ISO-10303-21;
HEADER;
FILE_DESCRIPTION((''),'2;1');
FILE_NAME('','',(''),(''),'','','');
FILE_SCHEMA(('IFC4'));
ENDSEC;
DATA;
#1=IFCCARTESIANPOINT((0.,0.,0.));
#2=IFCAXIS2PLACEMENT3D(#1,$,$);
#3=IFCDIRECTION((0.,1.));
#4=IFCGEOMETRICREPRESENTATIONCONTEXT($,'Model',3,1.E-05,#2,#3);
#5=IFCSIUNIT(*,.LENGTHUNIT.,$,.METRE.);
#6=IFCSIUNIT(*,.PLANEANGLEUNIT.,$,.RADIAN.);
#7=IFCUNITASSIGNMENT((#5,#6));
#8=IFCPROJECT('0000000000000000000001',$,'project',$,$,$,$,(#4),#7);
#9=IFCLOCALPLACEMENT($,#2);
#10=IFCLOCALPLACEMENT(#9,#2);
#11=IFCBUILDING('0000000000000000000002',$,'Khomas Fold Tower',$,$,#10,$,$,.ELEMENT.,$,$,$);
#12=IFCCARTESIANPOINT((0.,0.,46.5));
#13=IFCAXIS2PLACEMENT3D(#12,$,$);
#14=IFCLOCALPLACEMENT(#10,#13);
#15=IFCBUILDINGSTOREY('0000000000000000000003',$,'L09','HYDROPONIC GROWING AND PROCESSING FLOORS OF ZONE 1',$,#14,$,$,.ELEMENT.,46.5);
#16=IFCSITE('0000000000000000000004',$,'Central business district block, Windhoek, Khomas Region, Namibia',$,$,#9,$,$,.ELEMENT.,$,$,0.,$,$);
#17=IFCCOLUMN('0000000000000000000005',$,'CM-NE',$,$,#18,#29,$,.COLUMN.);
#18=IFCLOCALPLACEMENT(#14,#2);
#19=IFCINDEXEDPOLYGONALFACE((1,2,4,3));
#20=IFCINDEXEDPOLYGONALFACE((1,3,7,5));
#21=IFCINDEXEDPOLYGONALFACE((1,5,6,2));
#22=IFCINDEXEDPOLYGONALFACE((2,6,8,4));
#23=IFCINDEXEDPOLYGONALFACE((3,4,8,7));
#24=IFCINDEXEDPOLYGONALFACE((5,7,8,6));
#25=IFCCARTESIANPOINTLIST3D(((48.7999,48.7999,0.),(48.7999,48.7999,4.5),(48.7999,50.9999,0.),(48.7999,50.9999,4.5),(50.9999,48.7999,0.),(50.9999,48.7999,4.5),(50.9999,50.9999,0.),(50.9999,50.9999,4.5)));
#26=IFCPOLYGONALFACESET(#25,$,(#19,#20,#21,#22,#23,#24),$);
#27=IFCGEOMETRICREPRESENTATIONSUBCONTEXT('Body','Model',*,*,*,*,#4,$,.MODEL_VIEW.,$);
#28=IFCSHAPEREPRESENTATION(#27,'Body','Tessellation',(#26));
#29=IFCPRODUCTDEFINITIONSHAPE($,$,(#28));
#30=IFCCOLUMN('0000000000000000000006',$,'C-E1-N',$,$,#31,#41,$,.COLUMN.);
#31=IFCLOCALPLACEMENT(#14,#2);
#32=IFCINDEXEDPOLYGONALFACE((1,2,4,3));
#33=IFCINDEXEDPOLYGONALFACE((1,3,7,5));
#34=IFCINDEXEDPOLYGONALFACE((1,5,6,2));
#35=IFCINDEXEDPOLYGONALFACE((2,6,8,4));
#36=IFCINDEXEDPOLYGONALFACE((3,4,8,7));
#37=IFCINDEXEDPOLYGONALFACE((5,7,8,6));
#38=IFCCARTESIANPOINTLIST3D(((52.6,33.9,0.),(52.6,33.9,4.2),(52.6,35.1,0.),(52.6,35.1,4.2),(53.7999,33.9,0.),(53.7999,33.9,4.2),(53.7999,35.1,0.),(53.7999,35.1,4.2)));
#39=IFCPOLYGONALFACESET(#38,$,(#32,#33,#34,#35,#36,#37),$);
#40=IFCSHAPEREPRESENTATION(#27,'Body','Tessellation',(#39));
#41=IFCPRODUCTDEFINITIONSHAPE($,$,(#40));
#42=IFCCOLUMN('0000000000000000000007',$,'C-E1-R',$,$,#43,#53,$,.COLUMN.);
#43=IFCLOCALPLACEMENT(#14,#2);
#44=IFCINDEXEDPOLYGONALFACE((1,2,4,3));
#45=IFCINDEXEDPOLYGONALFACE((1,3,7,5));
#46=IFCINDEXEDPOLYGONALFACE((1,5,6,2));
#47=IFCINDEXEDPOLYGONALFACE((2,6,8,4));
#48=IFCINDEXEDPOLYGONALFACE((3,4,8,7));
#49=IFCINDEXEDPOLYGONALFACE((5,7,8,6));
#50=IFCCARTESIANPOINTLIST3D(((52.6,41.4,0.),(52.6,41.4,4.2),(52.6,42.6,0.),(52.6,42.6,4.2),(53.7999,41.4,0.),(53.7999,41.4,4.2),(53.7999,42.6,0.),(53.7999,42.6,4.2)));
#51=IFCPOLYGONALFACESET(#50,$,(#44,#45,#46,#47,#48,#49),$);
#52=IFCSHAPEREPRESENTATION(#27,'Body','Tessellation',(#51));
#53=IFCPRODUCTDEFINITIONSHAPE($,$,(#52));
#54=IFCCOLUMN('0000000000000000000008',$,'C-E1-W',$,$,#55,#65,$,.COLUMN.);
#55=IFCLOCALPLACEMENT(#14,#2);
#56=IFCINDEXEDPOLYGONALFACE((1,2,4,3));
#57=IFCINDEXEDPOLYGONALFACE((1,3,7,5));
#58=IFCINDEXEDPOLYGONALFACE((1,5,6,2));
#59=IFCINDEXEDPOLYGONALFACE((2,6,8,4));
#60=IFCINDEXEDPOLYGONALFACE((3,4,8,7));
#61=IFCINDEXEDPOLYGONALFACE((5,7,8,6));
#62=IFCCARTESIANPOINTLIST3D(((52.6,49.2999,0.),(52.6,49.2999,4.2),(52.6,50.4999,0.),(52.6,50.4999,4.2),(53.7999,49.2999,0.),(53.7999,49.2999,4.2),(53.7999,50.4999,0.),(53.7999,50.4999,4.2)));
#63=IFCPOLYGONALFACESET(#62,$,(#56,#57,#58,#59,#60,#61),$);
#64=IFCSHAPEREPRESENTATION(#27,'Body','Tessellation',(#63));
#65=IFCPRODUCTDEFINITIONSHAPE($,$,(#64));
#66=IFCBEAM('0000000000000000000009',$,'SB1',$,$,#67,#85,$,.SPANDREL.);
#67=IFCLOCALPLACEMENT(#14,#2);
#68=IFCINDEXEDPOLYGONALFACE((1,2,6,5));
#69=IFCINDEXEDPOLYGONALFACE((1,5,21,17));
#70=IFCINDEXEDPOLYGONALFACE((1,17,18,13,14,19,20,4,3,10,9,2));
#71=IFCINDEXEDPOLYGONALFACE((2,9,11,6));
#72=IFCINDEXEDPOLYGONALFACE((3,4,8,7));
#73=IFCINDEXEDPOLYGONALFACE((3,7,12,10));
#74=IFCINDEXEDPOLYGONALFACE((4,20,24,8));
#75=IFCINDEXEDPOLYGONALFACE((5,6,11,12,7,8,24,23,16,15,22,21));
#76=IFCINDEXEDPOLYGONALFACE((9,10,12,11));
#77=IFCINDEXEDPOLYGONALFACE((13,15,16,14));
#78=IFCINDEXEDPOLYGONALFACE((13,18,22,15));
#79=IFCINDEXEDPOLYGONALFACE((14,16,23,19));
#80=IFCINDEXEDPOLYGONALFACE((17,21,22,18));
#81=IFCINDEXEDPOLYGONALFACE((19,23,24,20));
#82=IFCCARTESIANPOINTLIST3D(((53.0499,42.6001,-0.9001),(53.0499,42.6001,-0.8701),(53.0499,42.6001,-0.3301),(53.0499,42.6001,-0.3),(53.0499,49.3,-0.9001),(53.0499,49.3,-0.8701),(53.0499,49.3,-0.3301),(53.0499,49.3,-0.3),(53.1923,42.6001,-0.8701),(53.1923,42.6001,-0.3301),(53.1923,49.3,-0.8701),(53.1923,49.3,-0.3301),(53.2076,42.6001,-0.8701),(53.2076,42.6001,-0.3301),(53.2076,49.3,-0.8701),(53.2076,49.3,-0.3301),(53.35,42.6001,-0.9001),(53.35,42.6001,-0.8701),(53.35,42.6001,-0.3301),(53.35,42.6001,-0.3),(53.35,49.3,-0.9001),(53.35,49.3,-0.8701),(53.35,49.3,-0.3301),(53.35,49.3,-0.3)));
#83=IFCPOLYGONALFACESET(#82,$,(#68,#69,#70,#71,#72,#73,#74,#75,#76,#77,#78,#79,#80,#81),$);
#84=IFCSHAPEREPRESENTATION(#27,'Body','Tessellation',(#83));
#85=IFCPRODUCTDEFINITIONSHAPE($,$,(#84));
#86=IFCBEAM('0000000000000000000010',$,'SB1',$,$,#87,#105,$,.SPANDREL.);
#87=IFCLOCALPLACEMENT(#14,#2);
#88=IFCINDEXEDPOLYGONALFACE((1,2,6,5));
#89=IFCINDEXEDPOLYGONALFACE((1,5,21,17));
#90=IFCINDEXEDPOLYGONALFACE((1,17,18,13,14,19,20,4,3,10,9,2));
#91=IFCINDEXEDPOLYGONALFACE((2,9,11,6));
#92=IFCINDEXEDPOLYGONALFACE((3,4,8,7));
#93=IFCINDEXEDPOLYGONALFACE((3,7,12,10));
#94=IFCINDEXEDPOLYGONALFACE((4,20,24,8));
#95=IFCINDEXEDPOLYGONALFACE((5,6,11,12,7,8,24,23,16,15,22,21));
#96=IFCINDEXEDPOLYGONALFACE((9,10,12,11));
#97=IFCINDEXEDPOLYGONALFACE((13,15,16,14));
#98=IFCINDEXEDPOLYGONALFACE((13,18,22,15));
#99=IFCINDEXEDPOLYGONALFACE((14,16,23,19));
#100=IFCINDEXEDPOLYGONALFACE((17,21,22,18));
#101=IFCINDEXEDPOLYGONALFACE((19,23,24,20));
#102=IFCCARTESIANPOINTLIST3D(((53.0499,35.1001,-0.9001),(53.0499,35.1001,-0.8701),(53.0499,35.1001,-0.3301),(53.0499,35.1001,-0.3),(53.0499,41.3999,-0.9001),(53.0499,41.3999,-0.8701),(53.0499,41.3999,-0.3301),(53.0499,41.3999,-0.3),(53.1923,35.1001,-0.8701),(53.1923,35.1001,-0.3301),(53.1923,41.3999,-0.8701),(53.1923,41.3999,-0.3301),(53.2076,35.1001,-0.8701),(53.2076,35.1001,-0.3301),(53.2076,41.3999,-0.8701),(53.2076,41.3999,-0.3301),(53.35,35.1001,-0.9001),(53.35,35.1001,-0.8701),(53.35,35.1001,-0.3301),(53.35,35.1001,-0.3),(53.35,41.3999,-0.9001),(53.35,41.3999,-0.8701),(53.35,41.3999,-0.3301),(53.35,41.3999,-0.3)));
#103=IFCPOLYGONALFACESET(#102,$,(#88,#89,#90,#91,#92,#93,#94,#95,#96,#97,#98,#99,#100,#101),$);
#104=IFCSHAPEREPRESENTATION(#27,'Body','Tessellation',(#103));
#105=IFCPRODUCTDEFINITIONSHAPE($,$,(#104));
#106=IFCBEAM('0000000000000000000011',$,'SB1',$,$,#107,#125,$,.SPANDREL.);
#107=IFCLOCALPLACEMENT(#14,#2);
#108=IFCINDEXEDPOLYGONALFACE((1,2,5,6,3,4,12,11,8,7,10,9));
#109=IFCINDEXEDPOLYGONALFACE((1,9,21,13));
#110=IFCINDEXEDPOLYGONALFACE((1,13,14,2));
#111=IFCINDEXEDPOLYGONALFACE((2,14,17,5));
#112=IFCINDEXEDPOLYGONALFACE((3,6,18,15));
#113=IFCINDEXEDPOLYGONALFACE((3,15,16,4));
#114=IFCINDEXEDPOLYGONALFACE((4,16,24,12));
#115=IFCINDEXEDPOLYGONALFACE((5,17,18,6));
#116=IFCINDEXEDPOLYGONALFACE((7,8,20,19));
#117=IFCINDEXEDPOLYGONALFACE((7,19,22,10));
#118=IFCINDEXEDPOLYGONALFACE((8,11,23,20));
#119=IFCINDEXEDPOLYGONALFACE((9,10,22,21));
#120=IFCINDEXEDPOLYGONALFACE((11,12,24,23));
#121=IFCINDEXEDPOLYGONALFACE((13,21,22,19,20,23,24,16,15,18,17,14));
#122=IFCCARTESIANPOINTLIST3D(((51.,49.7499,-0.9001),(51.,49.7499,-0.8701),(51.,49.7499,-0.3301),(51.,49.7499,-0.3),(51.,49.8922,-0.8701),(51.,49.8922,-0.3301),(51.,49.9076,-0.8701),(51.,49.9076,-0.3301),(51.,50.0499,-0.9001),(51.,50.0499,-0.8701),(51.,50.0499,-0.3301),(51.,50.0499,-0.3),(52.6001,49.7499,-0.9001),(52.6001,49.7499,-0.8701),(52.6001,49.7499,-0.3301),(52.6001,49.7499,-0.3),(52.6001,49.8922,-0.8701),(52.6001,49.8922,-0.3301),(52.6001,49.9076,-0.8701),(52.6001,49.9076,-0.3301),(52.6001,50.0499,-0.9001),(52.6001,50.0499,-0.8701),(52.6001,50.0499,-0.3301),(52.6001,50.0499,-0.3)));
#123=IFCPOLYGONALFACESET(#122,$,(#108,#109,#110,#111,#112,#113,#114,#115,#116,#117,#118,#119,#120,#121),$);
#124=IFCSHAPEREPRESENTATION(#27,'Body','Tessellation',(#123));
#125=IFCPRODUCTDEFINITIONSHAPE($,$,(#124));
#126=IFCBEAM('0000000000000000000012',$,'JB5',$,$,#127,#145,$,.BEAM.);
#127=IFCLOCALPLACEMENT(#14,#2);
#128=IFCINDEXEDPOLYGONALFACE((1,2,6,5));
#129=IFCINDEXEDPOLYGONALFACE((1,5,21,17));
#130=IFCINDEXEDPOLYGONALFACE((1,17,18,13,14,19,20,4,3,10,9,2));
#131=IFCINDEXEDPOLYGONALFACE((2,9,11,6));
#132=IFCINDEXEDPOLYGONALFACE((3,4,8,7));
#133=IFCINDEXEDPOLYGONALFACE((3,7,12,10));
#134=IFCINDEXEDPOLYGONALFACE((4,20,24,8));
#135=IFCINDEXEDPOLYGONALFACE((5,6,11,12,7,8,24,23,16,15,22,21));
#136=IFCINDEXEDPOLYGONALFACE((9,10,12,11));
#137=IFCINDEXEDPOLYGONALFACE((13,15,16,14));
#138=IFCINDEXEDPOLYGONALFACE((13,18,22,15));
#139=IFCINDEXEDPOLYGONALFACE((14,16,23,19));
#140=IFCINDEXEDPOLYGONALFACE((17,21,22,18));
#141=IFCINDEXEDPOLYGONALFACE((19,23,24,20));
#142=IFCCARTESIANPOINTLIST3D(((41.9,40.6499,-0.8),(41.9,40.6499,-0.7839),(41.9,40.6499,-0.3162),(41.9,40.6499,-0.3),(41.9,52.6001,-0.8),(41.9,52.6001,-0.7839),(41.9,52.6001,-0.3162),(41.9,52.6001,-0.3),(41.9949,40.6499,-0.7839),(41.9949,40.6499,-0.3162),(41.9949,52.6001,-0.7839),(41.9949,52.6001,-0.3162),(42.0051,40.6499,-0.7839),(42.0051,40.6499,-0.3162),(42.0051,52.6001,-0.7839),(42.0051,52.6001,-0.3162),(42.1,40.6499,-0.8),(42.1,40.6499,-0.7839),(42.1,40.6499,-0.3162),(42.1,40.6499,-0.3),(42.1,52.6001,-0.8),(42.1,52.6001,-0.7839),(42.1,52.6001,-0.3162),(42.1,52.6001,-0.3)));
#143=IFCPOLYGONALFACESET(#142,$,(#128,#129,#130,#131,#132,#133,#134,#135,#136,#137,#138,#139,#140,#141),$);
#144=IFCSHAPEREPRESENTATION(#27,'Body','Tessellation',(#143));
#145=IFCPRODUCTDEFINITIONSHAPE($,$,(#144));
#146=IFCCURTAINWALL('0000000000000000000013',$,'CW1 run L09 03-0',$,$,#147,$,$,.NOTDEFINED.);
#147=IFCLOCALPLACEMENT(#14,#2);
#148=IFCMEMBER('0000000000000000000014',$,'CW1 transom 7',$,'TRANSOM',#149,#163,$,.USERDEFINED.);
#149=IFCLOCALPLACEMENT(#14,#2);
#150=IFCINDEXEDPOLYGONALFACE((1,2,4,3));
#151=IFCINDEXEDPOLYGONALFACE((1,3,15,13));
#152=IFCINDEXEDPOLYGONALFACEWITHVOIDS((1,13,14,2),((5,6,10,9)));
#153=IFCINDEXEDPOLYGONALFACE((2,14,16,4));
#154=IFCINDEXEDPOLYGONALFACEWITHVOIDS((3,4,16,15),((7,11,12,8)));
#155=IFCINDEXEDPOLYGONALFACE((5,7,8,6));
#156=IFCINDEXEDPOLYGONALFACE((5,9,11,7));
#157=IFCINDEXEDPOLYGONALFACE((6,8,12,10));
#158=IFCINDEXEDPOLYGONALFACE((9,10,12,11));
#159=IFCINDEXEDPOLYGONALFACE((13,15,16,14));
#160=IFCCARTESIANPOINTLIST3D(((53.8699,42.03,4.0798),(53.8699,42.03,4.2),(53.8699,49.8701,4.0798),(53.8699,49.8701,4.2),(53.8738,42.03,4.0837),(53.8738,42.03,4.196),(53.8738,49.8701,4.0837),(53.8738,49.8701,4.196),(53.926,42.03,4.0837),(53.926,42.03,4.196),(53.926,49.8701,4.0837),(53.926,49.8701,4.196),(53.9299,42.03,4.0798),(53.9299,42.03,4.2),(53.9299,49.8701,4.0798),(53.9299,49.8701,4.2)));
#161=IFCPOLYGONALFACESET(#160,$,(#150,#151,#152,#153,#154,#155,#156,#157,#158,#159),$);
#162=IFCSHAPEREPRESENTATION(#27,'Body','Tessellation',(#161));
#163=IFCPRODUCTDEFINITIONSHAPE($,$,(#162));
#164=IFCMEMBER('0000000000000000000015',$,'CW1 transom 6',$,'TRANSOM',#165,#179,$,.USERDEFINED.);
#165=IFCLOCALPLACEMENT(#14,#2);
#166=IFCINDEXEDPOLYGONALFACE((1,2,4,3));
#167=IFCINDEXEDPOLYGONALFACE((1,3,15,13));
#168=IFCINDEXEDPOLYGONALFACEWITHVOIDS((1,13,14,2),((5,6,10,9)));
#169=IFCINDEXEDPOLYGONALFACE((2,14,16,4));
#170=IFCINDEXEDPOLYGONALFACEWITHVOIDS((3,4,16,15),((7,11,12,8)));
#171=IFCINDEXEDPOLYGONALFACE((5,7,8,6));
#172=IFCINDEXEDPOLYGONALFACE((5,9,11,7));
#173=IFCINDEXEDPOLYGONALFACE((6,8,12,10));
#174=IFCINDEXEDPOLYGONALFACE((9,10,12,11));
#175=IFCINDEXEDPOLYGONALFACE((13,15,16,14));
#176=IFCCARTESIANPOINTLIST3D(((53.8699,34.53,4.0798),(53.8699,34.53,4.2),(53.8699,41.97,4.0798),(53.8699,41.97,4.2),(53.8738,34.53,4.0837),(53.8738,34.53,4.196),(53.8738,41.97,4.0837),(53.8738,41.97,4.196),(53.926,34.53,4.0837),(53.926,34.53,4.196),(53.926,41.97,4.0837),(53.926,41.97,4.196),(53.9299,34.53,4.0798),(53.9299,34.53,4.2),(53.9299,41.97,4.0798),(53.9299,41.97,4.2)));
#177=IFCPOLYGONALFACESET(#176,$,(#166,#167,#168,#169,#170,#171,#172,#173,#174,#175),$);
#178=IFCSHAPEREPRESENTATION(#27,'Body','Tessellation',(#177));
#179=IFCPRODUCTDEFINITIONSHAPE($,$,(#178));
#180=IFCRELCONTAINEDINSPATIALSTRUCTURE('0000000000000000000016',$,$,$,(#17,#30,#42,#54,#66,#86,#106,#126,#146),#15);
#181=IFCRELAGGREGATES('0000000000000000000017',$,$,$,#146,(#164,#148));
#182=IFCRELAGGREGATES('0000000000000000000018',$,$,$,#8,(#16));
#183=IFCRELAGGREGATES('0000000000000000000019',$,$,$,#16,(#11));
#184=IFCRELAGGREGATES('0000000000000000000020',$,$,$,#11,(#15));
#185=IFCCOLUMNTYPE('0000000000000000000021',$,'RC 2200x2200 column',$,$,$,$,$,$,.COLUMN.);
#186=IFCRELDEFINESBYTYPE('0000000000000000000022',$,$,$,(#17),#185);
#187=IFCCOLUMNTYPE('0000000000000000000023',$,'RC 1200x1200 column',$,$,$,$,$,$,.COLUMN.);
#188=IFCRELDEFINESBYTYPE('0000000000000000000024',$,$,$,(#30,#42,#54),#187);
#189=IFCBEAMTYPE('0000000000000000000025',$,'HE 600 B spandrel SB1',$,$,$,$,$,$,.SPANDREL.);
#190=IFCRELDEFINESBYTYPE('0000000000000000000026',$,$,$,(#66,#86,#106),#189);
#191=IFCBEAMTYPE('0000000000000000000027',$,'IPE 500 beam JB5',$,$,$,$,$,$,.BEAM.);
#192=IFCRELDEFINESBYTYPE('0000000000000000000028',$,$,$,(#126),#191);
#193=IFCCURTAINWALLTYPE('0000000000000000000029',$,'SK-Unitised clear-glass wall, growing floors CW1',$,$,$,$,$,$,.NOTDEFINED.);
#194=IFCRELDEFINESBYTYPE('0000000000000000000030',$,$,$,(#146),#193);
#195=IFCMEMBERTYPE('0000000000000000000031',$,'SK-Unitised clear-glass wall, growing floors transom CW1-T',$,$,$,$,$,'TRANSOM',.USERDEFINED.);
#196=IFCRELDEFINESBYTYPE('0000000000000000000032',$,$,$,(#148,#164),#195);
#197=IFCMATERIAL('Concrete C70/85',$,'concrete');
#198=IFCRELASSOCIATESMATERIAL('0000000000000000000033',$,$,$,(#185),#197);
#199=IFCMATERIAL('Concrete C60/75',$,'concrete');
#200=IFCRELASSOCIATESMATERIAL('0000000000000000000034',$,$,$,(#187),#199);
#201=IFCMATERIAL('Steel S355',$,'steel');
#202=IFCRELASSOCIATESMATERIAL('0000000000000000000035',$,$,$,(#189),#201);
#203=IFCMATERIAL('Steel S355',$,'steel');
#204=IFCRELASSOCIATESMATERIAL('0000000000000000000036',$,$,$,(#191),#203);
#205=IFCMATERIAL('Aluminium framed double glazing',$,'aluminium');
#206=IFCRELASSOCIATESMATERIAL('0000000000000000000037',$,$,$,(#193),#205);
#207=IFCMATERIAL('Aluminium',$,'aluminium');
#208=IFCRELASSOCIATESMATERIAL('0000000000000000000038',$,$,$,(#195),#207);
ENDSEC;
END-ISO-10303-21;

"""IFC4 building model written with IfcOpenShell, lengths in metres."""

from ifc_helpers import new_model, si_unit, direction, frame, origin, origin_2d, place, context, subcontext, project, spatial, rectangle, hollow_rectangle, i_section, extrude, source, transform, mapped, material, material_profile, profile_set, type_object, element, aggregate, save


model = new_model("IFC4")

# Units and contexts
model_context = context("Model", 3, precision=1e-05, world=origin(), true_north=direction((0.0, 1.0)))
body_context = subcontext(model_context, "Body", "Model", "MODEL_VIEW")
ifc_project = project(units=[si_unit("LENGTHUNIT", "METRE"), si_unit("PLANEANGLEUNIT", "RADIAN")], contexts=[model_context])

# Site, building, storey
site_placement = place(None, origin())
site = spatial("IfcSite", under=ifc_project, at=site_placement, Name="Central business district block, Windhoek, Khomas Region, Namibia", CompositionType="ELEMENT", RefElevation=0.0)
building_placement = place(site_placement, origin())
building = spatial("IfcBuilding", under=site, at=building_placement, Name="Khomas Fold Tower", CompositionType="ELEMENT")
storey_placement = place(building_placement, frame((0.0, 0.0, 46.5)))
storey = spatial("IfcBuildingStorey", under=building, at=storey_placement, Name="L09", Description="HYDROPONIC GROWING AND PROCESSING FLOORS OF ZONE 1", CompositionType="ELEMENT", Elevation=46.5)

# Columns
ifc_material_1 = material(Name="Concrete C70/85", Category="concrete")
ifc_material_profile_1 = material_profile(ifc_material_1, rectangle(XDim=2.2, YDim=2.2, at=origin_2d()), Name="RC 2200x2200")
ifc_profile_set_1 = profile_set([ifc_material_profile_1], Name="Concrete C70/85")
column_type_1 = type_object("IfcColumnType", Name="RC 2200x2200 column", PredefinedType="COLUMN", material=ifc_profile_set_1)
shared_shape_1 = source(origin(), body_context, "Body", "SweptSolid", [
    extrude(rectangle(XDim=2.2, YDim=2.2, at=origin_2d()), origin(), (0.0, 0.0, 1.0), 4.5),
])
column_placement = place(storey_placement, frame((49.8999, 49.8999, 0.0), z_axis=(0.0, 0.0, 1.0), x_axis=(1.0, 0.0, 0.0)))
element("IfcColumn", 1, at=column_placement, inside=storey, type_object=column_type_1, Name="CM-NE", PredefinedType="COLUMN", context=body_context, shape_type="MappedRepresentation", body=[
    mapped(shared_shape_1, transform((0.0, 0.0, 0.0))),
])
ifc_material_2 = material(Name="Concrete C60/75", Category="concrete")
ifc_material_profile_2 = material_profile(ifc_material_2, rectangle(XDim=1.2, YDim=1.2, at=origin_2d()), Name="RC 1200x1200")
ifc_profile_set_2 = profile_set([ifc_material_profile_2], Name="Concrete C60/75")
column_type_2 = type_object("IfcColumnType", Name="RC 1200x1200 column", PredefinedType="COLUMN", material=ifc_profile_set_2)
shared_shape_2 = source(origin(), body_context, "Body", "SweptSolid", [
    extrude(rectangle(XDim=1.2, YDim=1.2, at=origin_2d()), origin(), (0.0, 0.0, 1.0), 4.2),
])
for number, where, z_axis, x_axis, name in (
    (2, (53.2, 34.5, 0.0), (0.0, 0.0, 1.0), (1.0, 0.0, 0.0), "C-E1-N"),
    (3, (53.2, 42.0, 0.0), (0.0, 0.0, 1.0), (1.0, 0.0, 0.0), "C-E1-R"),
    (4, (53.2, 49.8999, 0.0), (0.0, 0.0, 1.0), (1.0, 0.0, 0.0), "C-E1-W"),
):
    element("IfcColumn", number, at=place(storey_placement, frame(where, z_axis=z_axis, x_axis=x_axis)), inside=storey, type_object=column_type_2, Name=name, PredefinedType="COLUMN", context=body_context, shape_type="MappedRepresentation", body=[
        mapped(shared_shape_2, transform((0.0, 0.0, 0.0))),
    ])

# Beams
ifc_material_3 = material(Name="Steel S355", Category="steel")
ifc_material_profile_3 = material_profile(ifc_material_3, i_section(OverallWidth=0.3, OverallDepth=0.6001, WebThickness=0.0154, FlangeThickness=0.03, at=origin_2d()), Name="HE 600 B")
ifc_profile_set_3 = profile_set([ifc_material_profile_3], Name="Steel S355")
beam_type_1 = type_object("IfcBeamType", Name="HE 600 B spandrel SB1", PredefinedType="SPANDREL", material=ifc_profile_set_3)
shared_shape_3 = source(origin(), body_context, "Body", "SweptSolid", [
    extrude(i_section(OverallWidth=0.3, OverallDepth=0.6001, WebThickness=0.0154, FlangeThickness=0.03, at=origin_2d()), origin(), (0.0, 0.0, 1.0), 6.7),
])
beam_1_placement = place(storey_placement, frame((53.2, 42.6001, -0.6001), z_axis=(0.0, 1.0, 0.0), x_axis=(-1.0, 0.0, 0.0)))
element("IfcBeam", 5, at=beam_1_placement, inside=storey, type_object=beam_type_1, Name="SB1", PredefinedType="SPANDREL", context=body_context, shape_type="MappedRepresentation", body=[
    mapped(shared_shape_3, transform((0.0, 0.0, 0.0))),
])
shared_shape_4 = source(origin(), body_context, "Body", "SweptSolid", [
    extrude(i_section(OverallWidth=0.3, OverallDepth=0.6001, WebThickness=0.0154, FlangeThickness=0.03, at=origin_2d()), origin(), (0.0, 0.0, 1.0), 6.2998),
])
beam_2_placement = place(storey_placement, frame((53.2, 35.1001, -0.6001), z_axis=(0.0, 1.0, 0.0), x_axis=(-1.0, 0.0, 0.0)))
element("IfcBeam", 6, at=beam_2_placement, inside=storey, type_object=beam_type_1, Name="SB1", PredefinedType="SPANDREL", context=body_context, shape_type="MappedRepresentation", body=[
    mapped(shared_shape_4, transform((0.0, 0.0, 0.0))),
])
shared_shape_5 = source(origin(), body_context, "Body", "SweptSolid", [
    extrude(i_section(OverallWidth=0.3, OverallDepth=0.6001, WebThickness=0.0154, FlangeThickness=0.03, at=origin_2d()), origin(), (0.0, 0.0, 1.0), 1.6001),
])
beam_3_placement = place(storey_placement, frame((51.0, 49.8999, -0.6001), z_axis=(1.0, 0.0, 0.0), x_axis=(0.0, 1.0, 0.0)))
element("IfcBeam", 7, at=beam_3_placement, inside=storey, type_object=beam_type_1, Name="SB1", PredefinedType="SPANDREL", context=body_context, shape_type="MappedRepresentation", body=[
    mapped(shared_shape_5, transform((0.0, 0.0, 0.0))),
])
ifc_material_4 = material(Name="Steel S355", Category="steel")
ifc_material_profile_4 = material_profile(ifc_material_4, i_section(OverallWidth=0.2, OverallDepth=0.5, WebThickness=0.0103, FlangeThickness=0.0161, at=origin_2d()), Name="IPE 500")
ifc_profile_set_4 = profile_set([ifc_material_profile_4], Name="Steel S355")
beam_type_2 = type_object("IfcBeamType", Name="IPE 500 beam JB5", PredefinedType="BEAM", material=ifc_profile_set_4)
shared_shape_6 = source(origin(), body_context, "Body", "SweptSolid", [
    extrude(i_section(OverallWidth=0.2, OverallDepth=0.5, WebThickness=0.0103, FlangeThickness=0.0161, at=origin_2d()), origin(), (0.0, 0.0, 1.0), 11.9502),
])
beam_4_placement = place(storey_placement, frame((42.0, 40.6499, -0.55), z_axis=(0.0, 1.0, 0.0), x_axis=(-1.0, 0.0, 0.0)))
element("IfcBeam", 8, at=beam_4_placement, inside=storey, type_object=beam_type_2, Name="JB5", PredefinedType="BEAM", context=body_context, shape_type="MappedRepresentation", body=[
    mapped(shared_shape_6, transform((0.0, 0.0, 0.0))),
])

# Curtain wall, members
ifc_material_5 = material(Name="Aluminium framed double glazing", Category="aluminium")
curtain_wall_type = type_object("IfcCurtainWallType", Name="SK-Unitised clear-glass wall, growing floors CW1", PredefinedType="NOTDEFINED", material=ifc_material_5)
curtain_wall_placement = place(storey_placement, origin())
curtain_wall = element("IfcCurtainWall", 9, at=curtain_wall_placement, inside=storey, type_object=curtain_wall_type, Name="CW1 run L09 03-0", PredefinedType="NOTDEFINED")
ifc_material_6 = material(Name="Aluminium", Category="aluminium")
ifc_material_profile_5 = material_profile(ifc_material_6, hollow_rectangle(XDim=0.0601, YDim=0.1201, WallThickness=0.0039, at=origin_2d()), Name="SK-Unitised clear-glass wall, growing floors transom CW1-T")
ifc_profile_set_5 = profile_set([ifc_material_profile_5], Name="Aluminium")
member_type_1 = type_object("IfcMemberType", Name="SK-Unitised clear-glass wall, growing floors transom CW1-T", ElementType="TRANSOM", PredefinedType="USERDEFINED", material=ifc_profile_set_5)
shared_shape_7 = source(origin(), body_context, "Body", "SweptSolid", [
    extrude(hollow_rectangle(XDim=0.0601, YDim=0.1201, WallThickness=0.0039, at=origin_2d()), origin(), (0.0, 0.0, 1.0), 7.8401),
])
member_1_placement = place(storey_placement, frame((53.8999, 42.03, 4.1399), z_axis=(0.0, 1.0, 0.0), x_axis=(-1.0, 0.0, 0.0)))
member_1 = element("IfcMember", 10, at=member_1_placement, type_object=member_type_1, Name="CW1 transom 7", ObjectType="TRANSOM", PredefinedType="USERDEFINED", context=body_context, shape_type="MappedRepresentation", body=[
    mapped(shared_shape_7, transform((0.0, 0.0, 0.0))),
])
shared_shape_8 = source(origin(), body_context, "Body", "SweptSolid", [
    extrude(hollow_rectangle(XDim=0.0601, YDim=0.1201, WallThickness=0.0039, at=origin_2d()), origin(), (0.0, 0.0, 1.0), 7.4399),
])
member_2_placement = place(storey_placement, frame((53.8999, 34.53, 4.1399), z_axis=(0.0, 1.0, 0.0), x_axis=(-1.0, 0.0, 0.0)))
member_2 = element("IfcMember", 11, at=member_2_placement, type_object=member_type_1, Name="CW1 transom 6", ObjectType="TRANSOM", PredefinedType="USERDEFINED", context=body_context, shape_type="MappedRepresentation", body=[
    mapped(shared_shape_8, transform((0.0, 0.0, 0.0))),
])

aggregate(curtain_wall, [member_2, member_1])

save(model, "model.ifc")
